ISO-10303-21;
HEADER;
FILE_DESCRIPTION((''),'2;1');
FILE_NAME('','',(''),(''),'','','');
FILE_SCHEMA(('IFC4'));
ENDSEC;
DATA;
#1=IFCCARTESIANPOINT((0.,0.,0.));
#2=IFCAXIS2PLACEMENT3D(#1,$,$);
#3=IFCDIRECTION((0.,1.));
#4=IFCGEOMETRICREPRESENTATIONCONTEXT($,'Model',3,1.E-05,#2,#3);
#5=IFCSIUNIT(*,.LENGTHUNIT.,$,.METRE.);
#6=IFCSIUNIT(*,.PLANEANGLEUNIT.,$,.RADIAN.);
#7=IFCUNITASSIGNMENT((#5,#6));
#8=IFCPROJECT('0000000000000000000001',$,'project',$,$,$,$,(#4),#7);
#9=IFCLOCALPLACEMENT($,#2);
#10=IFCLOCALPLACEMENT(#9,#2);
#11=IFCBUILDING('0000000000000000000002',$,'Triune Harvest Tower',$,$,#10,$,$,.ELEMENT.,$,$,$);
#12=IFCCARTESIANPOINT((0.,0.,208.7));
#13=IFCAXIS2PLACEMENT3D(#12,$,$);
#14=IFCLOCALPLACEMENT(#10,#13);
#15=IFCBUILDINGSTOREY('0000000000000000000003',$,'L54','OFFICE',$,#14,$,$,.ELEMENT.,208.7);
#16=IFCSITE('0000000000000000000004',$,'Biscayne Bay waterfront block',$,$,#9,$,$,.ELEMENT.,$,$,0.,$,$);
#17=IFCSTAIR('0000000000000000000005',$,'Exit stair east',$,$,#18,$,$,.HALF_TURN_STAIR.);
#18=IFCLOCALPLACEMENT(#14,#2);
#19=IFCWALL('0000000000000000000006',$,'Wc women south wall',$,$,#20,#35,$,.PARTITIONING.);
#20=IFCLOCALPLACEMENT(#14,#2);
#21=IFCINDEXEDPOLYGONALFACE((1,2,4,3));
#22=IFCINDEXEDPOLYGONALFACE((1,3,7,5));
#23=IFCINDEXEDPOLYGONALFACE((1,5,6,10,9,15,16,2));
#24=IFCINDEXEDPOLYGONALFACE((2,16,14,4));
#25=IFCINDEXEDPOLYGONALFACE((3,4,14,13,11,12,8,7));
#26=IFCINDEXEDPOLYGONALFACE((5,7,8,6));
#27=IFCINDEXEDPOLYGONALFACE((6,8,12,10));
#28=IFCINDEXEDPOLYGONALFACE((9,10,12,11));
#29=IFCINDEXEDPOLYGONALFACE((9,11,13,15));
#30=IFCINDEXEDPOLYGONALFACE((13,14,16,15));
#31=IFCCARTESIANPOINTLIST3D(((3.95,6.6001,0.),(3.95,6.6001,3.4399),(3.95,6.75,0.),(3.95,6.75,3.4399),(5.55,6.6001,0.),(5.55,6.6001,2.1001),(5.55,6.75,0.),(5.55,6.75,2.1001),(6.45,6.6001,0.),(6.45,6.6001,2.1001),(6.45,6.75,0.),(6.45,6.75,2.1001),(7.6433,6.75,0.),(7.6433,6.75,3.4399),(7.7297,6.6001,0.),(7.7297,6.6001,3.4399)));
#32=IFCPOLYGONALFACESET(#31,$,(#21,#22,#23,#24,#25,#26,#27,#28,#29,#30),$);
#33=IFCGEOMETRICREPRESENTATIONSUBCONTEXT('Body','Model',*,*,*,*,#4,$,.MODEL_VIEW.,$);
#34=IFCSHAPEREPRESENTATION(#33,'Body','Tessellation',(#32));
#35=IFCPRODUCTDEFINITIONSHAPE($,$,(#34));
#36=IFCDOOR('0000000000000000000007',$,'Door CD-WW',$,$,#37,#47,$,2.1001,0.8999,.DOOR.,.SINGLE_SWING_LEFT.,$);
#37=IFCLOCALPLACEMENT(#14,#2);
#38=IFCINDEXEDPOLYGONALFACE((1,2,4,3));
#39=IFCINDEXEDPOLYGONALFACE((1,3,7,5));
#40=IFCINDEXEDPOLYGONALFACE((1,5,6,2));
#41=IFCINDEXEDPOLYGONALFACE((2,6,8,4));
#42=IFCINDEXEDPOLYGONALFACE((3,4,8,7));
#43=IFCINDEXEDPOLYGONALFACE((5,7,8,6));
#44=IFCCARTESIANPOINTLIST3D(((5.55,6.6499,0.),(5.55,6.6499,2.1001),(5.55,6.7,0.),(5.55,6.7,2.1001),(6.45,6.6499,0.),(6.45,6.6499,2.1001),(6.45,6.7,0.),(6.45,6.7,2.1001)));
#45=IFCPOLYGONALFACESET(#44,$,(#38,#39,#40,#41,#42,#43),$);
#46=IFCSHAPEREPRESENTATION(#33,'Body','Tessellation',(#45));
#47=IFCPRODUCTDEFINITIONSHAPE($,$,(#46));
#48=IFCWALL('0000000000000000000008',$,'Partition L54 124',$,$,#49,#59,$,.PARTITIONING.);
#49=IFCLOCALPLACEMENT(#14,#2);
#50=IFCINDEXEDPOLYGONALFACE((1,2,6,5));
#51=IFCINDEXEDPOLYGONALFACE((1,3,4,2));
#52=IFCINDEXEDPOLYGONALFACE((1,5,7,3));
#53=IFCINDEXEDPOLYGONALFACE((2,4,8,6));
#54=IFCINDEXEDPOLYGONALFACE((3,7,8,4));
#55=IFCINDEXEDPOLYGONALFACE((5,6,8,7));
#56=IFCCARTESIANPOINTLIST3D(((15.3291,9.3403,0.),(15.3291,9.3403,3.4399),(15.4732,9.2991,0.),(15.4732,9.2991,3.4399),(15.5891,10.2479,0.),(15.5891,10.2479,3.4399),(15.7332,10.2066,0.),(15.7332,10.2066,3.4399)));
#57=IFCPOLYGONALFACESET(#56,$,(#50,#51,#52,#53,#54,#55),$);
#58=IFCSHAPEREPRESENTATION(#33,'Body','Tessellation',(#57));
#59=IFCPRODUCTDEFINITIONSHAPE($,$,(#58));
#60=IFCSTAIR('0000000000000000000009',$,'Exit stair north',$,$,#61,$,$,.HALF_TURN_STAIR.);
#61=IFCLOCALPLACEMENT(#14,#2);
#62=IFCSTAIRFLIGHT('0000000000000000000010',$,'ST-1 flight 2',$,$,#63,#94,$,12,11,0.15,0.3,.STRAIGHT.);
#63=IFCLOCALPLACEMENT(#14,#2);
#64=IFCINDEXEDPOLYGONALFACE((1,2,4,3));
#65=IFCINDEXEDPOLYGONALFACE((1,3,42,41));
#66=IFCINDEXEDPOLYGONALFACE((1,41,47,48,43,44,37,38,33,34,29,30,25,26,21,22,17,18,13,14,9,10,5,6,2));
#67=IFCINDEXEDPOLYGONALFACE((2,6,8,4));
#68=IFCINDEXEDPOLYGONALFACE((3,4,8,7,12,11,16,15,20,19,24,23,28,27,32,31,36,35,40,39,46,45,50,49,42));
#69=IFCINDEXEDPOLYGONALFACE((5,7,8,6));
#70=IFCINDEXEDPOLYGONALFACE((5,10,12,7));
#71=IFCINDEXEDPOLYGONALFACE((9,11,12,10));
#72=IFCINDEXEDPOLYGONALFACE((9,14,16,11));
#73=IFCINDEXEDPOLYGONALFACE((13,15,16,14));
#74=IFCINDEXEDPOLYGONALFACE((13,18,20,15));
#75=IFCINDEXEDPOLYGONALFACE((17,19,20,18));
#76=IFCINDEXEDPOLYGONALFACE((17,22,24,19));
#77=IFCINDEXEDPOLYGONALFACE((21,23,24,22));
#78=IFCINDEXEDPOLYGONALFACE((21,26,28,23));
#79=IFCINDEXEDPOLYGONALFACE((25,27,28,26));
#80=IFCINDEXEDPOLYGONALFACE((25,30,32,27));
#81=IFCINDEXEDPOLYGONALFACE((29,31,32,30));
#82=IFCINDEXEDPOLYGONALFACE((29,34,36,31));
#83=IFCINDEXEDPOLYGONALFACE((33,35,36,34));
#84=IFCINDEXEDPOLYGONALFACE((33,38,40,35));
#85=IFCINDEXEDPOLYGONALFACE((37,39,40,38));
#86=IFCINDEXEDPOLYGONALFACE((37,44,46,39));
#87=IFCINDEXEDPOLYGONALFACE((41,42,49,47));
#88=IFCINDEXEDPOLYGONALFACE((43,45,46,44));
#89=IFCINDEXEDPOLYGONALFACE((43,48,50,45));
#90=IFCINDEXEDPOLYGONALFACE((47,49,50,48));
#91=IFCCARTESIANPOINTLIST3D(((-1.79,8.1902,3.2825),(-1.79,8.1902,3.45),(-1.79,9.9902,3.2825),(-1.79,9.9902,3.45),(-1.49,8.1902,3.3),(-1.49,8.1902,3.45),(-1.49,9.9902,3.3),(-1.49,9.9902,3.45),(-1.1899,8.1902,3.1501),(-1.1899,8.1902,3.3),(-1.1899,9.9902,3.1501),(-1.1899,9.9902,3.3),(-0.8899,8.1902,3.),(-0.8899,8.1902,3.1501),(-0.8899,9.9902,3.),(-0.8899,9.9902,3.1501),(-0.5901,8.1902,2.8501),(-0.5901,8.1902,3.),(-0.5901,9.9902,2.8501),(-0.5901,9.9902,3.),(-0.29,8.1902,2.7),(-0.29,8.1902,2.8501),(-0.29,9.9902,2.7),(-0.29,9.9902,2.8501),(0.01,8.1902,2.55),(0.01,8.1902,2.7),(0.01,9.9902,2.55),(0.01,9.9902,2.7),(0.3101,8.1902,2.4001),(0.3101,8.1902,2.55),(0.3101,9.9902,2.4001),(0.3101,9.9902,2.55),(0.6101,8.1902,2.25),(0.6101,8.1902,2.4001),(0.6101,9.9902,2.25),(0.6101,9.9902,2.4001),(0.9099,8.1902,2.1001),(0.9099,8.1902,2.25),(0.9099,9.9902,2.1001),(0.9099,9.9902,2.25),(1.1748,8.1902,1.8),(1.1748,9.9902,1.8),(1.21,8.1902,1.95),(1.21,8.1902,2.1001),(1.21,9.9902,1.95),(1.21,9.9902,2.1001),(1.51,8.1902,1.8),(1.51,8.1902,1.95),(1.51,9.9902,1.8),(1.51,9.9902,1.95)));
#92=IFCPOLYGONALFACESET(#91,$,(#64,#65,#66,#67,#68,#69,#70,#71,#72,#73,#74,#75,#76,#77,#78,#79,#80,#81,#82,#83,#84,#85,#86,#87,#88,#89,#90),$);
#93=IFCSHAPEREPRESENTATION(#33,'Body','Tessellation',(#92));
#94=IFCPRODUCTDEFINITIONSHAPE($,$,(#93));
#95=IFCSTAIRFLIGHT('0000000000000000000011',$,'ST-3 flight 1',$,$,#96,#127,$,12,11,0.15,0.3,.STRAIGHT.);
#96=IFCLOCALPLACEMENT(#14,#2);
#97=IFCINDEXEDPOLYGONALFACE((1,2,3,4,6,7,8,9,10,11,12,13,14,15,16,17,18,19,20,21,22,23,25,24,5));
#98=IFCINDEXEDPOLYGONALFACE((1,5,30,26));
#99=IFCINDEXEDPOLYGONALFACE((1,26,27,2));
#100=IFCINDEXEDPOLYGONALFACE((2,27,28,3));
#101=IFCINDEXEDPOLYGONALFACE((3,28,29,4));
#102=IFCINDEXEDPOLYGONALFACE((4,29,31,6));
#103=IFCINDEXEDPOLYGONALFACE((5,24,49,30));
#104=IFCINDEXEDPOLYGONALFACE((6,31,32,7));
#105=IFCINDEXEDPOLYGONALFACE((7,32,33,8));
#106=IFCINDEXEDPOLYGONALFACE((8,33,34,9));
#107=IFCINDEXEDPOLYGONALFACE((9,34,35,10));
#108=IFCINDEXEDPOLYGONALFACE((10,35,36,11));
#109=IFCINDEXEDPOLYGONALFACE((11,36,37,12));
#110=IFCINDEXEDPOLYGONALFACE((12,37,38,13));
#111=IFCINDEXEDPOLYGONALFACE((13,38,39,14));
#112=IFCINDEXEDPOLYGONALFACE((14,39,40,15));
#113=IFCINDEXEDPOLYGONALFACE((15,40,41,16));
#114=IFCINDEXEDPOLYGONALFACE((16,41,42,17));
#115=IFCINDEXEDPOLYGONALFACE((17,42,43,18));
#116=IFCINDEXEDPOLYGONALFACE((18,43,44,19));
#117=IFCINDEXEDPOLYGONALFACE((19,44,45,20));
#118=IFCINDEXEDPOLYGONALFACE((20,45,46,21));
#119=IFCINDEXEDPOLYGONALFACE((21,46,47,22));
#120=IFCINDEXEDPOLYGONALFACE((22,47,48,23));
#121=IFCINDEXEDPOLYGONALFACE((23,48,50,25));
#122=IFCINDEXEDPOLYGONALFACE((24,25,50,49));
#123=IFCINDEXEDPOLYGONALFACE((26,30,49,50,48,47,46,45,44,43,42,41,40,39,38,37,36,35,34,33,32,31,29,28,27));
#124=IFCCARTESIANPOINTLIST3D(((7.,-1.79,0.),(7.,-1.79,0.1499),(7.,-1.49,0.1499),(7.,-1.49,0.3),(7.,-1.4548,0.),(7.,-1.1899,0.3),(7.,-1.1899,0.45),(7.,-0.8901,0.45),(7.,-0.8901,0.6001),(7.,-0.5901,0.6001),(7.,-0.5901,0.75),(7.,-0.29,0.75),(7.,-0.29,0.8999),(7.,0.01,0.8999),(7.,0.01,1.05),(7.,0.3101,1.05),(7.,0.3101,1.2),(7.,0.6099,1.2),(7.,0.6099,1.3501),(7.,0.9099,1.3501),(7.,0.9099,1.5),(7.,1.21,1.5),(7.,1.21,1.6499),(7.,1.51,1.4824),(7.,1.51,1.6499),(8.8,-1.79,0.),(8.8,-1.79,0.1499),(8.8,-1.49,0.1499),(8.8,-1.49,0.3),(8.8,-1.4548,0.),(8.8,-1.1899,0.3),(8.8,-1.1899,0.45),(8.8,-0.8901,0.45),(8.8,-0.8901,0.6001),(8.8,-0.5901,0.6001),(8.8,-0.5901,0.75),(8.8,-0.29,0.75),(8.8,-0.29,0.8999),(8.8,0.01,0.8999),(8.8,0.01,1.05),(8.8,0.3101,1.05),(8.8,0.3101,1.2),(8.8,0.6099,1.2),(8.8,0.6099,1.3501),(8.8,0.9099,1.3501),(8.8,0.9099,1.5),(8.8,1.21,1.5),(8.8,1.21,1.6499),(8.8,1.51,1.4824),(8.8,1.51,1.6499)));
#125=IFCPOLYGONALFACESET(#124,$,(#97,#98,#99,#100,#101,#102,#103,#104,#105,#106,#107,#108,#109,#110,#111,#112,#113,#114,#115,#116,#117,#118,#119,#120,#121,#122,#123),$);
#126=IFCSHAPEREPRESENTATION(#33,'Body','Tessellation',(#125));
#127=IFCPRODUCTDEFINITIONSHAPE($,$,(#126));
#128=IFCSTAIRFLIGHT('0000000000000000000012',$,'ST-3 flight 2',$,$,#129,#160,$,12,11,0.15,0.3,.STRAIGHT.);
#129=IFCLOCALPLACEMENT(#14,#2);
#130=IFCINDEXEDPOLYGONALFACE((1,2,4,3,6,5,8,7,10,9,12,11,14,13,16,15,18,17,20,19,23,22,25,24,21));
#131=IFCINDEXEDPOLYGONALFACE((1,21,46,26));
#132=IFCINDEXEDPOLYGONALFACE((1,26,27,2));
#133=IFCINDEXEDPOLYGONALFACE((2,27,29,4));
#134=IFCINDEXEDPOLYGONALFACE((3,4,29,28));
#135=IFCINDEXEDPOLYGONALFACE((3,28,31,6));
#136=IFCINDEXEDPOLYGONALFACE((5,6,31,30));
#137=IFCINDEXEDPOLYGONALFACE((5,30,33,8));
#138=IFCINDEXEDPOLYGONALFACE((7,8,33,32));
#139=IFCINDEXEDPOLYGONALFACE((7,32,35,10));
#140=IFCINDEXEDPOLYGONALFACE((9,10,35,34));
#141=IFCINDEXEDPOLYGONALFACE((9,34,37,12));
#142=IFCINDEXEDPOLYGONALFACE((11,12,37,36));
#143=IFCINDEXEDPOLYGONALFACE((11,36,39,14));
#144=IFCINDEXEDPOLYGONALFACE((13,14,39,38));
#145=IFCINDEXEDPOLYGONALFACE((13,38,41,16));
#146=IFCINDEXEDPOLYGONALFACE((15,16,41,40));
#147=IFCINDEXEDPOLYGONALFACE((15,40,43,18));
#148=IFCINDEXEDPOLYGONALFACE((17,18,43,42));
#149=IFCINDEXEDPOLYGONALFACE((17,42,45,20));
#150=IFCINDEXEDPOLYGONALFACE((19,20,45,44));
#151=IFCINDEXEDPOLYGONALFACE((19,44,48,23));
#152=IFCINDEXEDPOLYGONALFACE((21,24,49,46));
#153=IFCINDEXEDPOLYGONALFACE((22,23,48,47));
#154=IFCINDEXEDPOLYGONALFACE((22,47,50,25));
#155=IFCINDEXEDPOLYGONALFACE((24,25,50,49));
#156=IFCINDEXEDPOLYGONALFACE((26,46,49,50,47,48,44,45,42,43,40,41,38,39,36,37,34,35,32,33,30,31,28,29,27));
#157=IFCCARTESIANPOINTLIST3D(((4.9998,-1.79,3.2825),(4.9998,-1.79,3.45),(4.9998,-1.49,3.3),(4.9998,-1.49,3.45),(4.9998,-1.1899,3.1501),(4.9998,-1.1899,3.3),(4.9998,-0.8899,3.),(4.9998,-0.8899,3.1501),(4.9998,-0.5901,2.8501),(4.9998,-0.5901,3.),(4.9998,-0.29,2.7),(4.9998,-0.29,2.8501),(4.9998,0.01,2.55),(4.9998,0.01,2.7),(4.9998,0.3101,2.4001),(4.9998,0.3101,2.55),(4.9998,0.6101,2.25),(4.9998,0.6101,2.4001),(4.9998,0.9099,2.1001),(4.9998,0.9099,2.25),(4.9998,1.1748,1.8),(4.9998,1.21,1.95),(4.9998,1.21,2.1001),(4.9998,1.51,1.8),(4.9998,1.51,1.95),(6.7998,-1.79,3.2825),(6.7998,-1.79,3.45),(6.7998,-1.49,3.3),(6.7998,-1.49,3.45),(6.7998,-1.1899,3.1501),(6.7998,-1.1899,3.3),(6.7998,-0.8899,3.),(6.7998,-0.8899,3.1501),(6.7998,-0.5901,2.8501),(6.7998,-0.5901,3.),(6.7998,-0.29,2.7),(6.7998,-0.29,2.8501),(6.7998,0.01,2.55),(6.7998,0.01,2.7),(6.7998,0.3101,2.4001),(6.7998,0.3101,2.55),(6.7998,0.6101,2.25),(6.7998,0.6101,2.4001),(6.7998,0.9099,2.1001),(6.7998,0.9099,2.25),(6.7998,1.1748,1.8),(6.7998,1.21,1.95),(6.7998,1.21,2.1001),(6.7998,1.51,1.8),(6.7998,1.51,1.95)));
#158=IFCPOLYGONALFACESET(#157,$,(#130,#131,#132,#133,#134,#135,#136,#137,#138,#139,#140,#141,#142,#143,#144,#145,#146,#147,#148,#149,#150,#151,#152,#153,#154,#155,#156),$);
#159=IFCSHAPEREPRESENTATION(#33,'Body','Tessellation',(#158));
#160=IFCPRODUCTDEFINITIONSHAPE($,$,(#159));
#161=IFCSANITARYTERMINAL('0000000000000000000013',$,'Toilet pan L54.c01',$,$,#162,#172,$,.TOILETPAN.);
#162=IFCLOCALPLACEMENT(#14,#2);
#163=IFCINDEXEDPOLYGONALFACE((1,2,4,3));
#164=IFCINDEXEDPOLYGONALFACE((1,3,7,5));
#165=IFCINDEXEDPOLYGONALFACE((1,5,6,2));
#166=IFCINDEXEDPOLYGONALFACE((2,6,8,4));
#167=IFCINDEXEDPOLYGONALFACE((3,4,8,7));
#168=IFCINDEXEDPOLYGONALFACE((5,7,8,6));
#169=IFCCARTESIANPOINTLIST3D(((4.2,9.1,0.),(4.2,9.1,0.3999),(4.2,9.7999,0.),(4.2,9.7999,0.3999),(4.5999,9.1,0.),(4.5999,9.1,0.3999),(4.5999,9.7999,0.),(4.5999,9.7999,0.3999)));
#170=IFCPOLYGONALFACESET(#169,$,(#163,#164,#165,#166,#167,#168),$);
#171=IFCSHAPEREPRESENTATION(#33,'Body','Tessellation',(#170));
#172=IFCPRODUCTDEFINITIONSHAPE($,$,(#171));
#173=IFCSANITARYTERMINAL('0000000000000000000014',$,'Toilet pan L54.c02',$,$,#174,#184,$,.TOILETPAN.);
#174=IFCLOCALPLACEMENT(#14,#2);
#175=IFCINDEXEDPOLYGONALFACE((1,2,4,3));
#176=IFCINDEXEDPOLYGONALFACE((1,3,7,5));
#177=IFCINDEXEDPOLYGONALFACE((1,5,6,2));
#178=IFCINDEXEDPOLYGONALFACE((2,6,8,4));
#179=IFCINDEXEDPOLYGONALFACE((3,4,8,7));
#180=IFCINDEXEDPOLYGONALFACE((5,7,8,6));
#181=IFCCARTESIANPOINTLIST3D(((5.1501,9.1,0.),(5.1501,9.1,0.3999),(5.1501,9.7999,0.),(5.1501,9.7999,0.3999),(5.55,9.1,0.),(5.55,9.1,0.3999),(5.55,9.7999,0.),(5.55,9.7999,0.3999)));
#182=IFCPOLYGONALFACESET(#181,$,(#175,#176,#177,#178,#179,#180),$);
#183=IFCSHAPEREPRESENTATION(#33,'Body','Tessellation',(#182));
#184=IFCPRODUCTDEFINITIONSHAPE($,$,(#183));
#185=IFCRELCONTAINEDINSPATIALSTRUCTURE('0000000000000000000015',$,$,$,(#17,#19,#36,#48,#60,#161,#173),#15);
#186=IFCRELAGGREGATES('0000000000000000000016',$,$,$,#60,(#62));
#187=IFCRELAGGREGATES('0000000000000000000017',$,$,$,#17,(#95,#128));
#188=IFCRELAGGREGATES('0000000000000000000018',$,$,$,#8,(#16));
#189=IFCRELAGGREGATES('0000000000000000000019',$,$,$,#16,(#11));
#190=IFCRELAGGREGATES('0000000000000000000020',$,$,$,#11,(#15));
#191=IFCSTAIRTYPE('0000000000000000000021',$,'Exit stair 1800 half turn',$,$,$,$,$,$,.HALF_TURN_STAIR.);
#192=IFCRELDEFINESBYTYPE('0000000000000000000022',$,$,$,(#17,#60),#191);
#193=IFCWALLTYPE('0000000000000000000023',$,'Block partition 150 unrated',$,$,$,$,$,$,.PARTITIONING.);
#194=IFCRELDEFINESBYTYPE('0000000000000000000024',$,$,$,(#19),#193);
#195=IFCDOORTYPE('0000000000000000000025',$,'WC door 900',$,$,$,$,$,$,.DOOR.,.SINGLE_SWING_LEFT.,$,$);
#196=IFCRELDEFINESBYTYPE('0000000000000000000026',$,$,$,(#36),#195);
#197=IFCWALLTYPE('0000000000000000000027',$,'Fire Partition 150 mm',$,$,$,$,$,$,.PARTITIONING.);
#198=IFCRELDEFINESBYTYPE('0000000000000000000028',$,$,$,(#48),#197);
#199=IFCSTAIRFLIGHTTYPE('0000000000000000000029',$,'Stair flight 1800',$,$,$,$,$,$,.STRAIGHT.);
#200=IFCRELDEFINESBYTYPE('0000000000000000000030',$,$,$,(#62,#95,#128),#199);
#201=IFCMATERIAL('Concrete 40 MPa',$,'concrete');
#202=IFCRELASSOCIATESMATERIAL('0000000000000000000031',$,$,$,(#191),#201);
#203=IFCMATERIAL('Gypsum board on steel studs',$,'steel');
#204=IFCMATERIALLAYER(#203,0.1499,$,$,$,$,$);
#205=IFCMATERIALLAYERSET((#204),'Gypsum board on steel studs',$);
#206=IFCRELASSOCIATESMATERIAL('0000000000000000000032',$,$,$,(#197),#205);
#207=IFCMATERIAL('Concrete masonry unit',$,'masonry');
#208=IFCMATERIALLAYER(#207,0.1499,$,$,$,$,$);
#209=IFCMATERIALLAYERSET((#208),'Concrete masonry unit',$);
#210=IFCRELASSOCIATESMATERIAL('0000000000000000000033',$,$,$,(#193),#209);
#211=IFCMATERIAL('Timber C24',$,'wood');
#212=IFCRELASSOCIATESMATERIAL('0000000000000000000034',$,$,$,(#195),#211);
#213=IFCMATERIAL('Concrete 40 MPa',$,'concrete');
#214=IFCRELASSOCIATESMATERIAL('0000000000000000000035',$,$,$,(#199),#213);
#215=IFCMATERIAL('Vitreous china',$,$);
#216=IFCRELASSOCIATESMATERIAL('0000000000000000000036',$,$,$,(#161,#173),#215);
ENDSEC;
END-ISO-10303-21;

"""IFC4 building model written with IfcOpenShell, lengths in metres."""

from ifc_helpers import new_model, si_unit, direction, frame, frame_2d, origin, origin_2d, place, context, subcontext, project, spatial, polyline, rectangle, outline, extrude, source, transform, mapped, material, layer, layer_set, type_object, element, fill, aggregate, save


model = new_model("IFC4")

# Units and contexts
model_context = context("Model", 3, precision=1e-05, world=origin(), true_north=direction((0.0, 1.0)))
body_context = subcontext(model_context, "Body", "Model", "MODEL_VIEW")
ifc_project = project(units=[si_unit("LENGTHUNIT", "METRE"), si_unit("PLANEANGLEUNIT", "RADIAN")], contexts=[model_context])

# Site, building, storey
site_placement = place(None, origin())
site = spatial("IfcSite", under=ifc_project, at=site_placement, Name="Biscayne Bay waterfront block", CompositionType="ELEMENT", RefElevation=0.0)
building_placement = place(site_placement, origin())
building = spatial("IfcBuilding", under=site, at=building_placement, Name="Triune Harvest Tower", CompositionType="ELEMENT")
storey_placement = place(building_placement, frame((0.0, 0.0, 208.7)))
storey = spatial("IfcBuildingStorey", under=building, at=storey_placement, Name="L54", Description="OFFICE", CompositionType="ELEMENT", Elevation=208.7)

# Stair
ifc_material_1 = material(Name="Concrete 40 MPa", Category="concrete")
stair_type = type_object("IfcStairType", Name="Exit stair 1800 half turn", PredefinedType="HALF_TURN_STAIR", material=ifc_material_1)
stair_1_placement = place(storey_placement, origin())
stair_1 = element("IfcStair", 1, at=stair_1_placement, inside=storey, type_object=stair_type, Name="Exit stair east", PredefinedType="HALF_TURN_STAIR")

# Shared definitions
ifc_material_2 = material(Name="Gypsum board on steel studs", Category="steel")
ifc_layer_1 = layer(ifc_material_2, 0.1499)
ifc_layer_set_1 = layer_set([ifc_layer_1], Name="Gypsum board on steel studs")
wall_type_1 = type_object("IfcWallType", Name="Fire Partition 150 mm", PredefinedType="PARTITIONING", material=ifc_layer_set_1)

# Wall, opening, door
ifc_material_3 = material(Name="Concrete masonry unit", Category="masonry")
ifc_layer_2 = layer(ifc_material_3, 0.1499)
ifc_layer_set_2 = layer_set([ifc_layer_2], Name="Concrete masonry unit")
wall_type_2 = type_object("IfcWallType", Name="Block partition 150 unrated", PredefinedType="PARTITIONING", material=ifc_layer_set_2)
ifc_material_4 = material(Name="Timber C24", Category="wood")
door_type_1 = type_object("IfcDoorType", Name="WC door 900", OperationType="SINGLE_SWING_LEFT", PredefinedType="DOOR", material=ifc_material_4)
shared_shape_1 = source(origin(), body_context, "Body", "SweptSolid", [
    extrude(outline(polyline([(0.0, -0.075), (0.0, 0.075), (3.6934, 0.075), (3.7798, -0.075), (0.0, -0.075)])), origin(), (0.0, 0.0, 1.0), 3.4399),
])
wall_1_placement = place(storey_placement, frame((3.95, 6.675, 0.0), z_axis=(0.0, 0.0, 1.0), x_axis=(1.0, 0.0, 0.0)))
wall_1 = element("IfcWall", 2, at=wall_1_placement, inside=storey, type_object=wall_type_2, Name="Wc women south wall", PredefinedType="PARTITIONING", context=body_context, shape_type="MappedRepresentation", body=[
    mapped(shared_shape_1, transform((0.0, 0.0, 0.0), scale=1.0)),
])
opening_1_placement = place(wall_1_placement, frame((1.6001, 0.0, 0.0)))
opening_1 = element("IfcOpeningElement", 3, at=opening_1_placement, cuts=wall_1, PredefinedType="OPENING", context=body_context, shape_type="SweptSolid", body=[
    extrude(rectangle(XDim=0.8999, YDim=2.1001, at=frame_2d((0.45, 1.05))), frame((0.0, 0.085, 0.0), z_axis=(0.0, -1.0, 0.0), x_axis=(1.0, 0.0, 0.0)), (0.0, 0.0, 1.0), 0.1699),
])
door_1_placement = place(opening_1_placement, origin())
door_1 = element("IfcDoor", 4, at=door_1_placement, inside=storey, type_object=door_type_1, Name="Door CD-WW", OperationType="SINGLE_SWING_LEFT", OverallHeight=2.1001, OverallWidth=0.8999, PredefinedType="DOOR", context=body_context, shape_type="SweptSolid", body=[
    extrude(rectangle(XDim=0.8999, YDim=2.1001, at=frame_2d((0.45, 1.05))), frame((0.0, 0.0249, 0.0), z_axis=(0.0, -1.0, 0.0), x_axis=(1.0, 0.0, 0.0)), (0.0, 0.0, 1.0), 0.05),
])
fill(opening_1, door_1)

# Wall
shared_shape_2 = source(origin(), body_context, "Body", "SweptSolid", [
    extrude(rectangle(XDim=0.9441, YDim=0.1499, at=frame_2d((0.4722, 0.0))), origin(), (0.0, 0.0, 1.0), 3.4399),
])
wall_2_placement = place(storey_placement, frame((15.4011, 9.3196, 0.0), z_axis=(0.0, 0.0, 1.0), x_axis=(0.275438, 0.961319, 0.0)))
element("IfcWall", 5, at=wall_2_placement, inside=storey, type_object=wall_type_1, Name="Partition L54 124", PredefinedType="PARTITIONING", context=body_context, shape_type="MappedRepresentation", body=[
    mapped(shared_shape_2, transform((0.0, 0.0, 0.0), scale=1.0)),
])

# Stair, stair flight
stair_2_placement = place(storey_placement, origin())
stair_2 = element("IfcStair", 6, at=stair_2_placement, inside=storey, type_object=stair_type, Name="Exit stair north", PredefinedType="HALF_TURN_STAIR")
ifc_material_5 = material(Name="Concrete 40 MPa", Category="concrete")
stair_flight_type = type_object("IfcStairFlightType", Name="Stair flight 1800", PredefinedType="STRAIGHT", material=ifc_material_5)
shared_shape_3 = source(origin(), body_context, "Body", "SweptSolid", [
    extrude(outline(polyline([(0.0, 0.0), (0.0, 0.1499), (0.3, 0.1499), (0.3, 0.3), (0.6001, 0.3), (0.6001, 0.45), (0.8999, 0.45), (0.8999, 0.6001), (1.2, 0.6001), (1.2, 0.75), (1.5, 0.75), (1.5, 0.8999), (1.8, 0.8999), (1.8, 1.05), (2.1001, 1.05), (2.1001, 1.2), (2.3999, 1.2), (2.3999, 1.3501), (2.7, 1.3501), (2.7, 1.5), (3.0, 1.5), (3.0, 1.6499), (3.3, 1.6499), (3.3, 1.8), (3.3, 1.4824), (0.3352, 0.0), (0.0, 0.0)])), frame((0.0, 0.8999, 0.0), z_axis=(0.0, -1.0, 0.0), x_axis=(1.0, 0.0, 0.0)), (0.0, 0.0, 1.0), 1.8),
])
stair_flight_1_placement = place(storey_placement, frame((1.51, 9.0901, 1.8), z_axis=(0.0, 0.0, 1.0), x_axis=(-1.0, 0.0, 0.0)))
stair_flight_1 = element("IfcStairFlight", 7, at=stair_flight_1_placement, type_object=stair_flight_type, Name="ST-1 flight 2", NumberOfRisers=12, NumberOfTreads=11, PredefinedType="STRAIGHT", RiserHeight=0.15, TreadLength=0.3, context=body_context, shape_type="MappedRepresentation", body=[
    mapped(shared_shape_3, transform((0.0, 0.0, 0.0), scale=1.0)),
])
aggregate(stair_2, [stair_flight_1])

# Stair flights
stair_flight_2_placement = place(storey_placement, frame((7.8999, -1.79, 0.0), z_axis=(0.0, 0.0, 1.0), x_axis=(0.0, 1.0, 0.0)))
stair_flight_2 = element("IfcStairFlight", 8, at=stair_flight_2_placement, type_object=stair_flight_type, Name="ST-3 flight 1", NumberOfRisers=12, NumberOfTreads=11, PredefinedType="STRAIGHT", RiserHeight=0.15, TreadLength=0.3, context=body_context, shape_type="MappedRepresentation", body=[
    mapped(shared_shape_3, transform((0.0, 0.0, 0.0), scale=1.0)),
])
stair_flight_3_placement = place(storey_placement, frame((5.8999, 1.51, 1.8), z_axis=(0.0, 0.0, 1.0), x_axis=(0.0, -1.0, 0.0)))
stair_flight_3 = element("IfcStairFlight", 9, at=stair_flight_3_placement, type_object=stair_flight_type, Name="ST-3 flight 2", NumberOfRisers=12, NumberOfTreads=11, PredefinedType="STRAIGHT", RiserHeight=0.15, TreadLength=0.3, context=body_context, shape_type="MappedRepresentation", body=[
    mapped(shared_shape_3, transform((0.0, 0.0, 0.0), scale=1.0)),
])
aggregate(stair_1, [stair_flight_2, stair_flight_3])

# Sanitary terminals
ifc_material_6 = material(Name="Vitreous china")
shared_shape_4 = source(origin(), body_context, "Body", "SweptSolid", [
    extrude(rectangle(XDim=0.3999, YDim=0.7, at=origin_2d()), origin(), (0.0, 0.0, 1.0), 0.3999),
])
for number, where, z_axis, x_axis, name in (
    (10, (4.3999, 9.45, 0.0), (0.0, 0.0, 1.0), (1.0, 0.0, 0.0), "Toilet pan L54.c01"),
    (11, (5.3501, 9.45, 0.0), (0.0, 0.0, 1.0), (1.0, 0.0, 0.0), "Toilet pan L54.c02"),
):
    element("IfcSanitaryTerminal", number, at=place(storey_placement, frame(where, z_axis=z_axis, x_axis=x_axis)), inside=storey, material=ifc_material_6, Name=name, PredefinedType="TOILETPAN", context=body_context, shape_type="MappedRepresentation", body=[
        mapped(shared_shape_4, transform((0.0, 0.0, 0.0), scale=1.0)),
    ])

save(model, "model.ifc")
